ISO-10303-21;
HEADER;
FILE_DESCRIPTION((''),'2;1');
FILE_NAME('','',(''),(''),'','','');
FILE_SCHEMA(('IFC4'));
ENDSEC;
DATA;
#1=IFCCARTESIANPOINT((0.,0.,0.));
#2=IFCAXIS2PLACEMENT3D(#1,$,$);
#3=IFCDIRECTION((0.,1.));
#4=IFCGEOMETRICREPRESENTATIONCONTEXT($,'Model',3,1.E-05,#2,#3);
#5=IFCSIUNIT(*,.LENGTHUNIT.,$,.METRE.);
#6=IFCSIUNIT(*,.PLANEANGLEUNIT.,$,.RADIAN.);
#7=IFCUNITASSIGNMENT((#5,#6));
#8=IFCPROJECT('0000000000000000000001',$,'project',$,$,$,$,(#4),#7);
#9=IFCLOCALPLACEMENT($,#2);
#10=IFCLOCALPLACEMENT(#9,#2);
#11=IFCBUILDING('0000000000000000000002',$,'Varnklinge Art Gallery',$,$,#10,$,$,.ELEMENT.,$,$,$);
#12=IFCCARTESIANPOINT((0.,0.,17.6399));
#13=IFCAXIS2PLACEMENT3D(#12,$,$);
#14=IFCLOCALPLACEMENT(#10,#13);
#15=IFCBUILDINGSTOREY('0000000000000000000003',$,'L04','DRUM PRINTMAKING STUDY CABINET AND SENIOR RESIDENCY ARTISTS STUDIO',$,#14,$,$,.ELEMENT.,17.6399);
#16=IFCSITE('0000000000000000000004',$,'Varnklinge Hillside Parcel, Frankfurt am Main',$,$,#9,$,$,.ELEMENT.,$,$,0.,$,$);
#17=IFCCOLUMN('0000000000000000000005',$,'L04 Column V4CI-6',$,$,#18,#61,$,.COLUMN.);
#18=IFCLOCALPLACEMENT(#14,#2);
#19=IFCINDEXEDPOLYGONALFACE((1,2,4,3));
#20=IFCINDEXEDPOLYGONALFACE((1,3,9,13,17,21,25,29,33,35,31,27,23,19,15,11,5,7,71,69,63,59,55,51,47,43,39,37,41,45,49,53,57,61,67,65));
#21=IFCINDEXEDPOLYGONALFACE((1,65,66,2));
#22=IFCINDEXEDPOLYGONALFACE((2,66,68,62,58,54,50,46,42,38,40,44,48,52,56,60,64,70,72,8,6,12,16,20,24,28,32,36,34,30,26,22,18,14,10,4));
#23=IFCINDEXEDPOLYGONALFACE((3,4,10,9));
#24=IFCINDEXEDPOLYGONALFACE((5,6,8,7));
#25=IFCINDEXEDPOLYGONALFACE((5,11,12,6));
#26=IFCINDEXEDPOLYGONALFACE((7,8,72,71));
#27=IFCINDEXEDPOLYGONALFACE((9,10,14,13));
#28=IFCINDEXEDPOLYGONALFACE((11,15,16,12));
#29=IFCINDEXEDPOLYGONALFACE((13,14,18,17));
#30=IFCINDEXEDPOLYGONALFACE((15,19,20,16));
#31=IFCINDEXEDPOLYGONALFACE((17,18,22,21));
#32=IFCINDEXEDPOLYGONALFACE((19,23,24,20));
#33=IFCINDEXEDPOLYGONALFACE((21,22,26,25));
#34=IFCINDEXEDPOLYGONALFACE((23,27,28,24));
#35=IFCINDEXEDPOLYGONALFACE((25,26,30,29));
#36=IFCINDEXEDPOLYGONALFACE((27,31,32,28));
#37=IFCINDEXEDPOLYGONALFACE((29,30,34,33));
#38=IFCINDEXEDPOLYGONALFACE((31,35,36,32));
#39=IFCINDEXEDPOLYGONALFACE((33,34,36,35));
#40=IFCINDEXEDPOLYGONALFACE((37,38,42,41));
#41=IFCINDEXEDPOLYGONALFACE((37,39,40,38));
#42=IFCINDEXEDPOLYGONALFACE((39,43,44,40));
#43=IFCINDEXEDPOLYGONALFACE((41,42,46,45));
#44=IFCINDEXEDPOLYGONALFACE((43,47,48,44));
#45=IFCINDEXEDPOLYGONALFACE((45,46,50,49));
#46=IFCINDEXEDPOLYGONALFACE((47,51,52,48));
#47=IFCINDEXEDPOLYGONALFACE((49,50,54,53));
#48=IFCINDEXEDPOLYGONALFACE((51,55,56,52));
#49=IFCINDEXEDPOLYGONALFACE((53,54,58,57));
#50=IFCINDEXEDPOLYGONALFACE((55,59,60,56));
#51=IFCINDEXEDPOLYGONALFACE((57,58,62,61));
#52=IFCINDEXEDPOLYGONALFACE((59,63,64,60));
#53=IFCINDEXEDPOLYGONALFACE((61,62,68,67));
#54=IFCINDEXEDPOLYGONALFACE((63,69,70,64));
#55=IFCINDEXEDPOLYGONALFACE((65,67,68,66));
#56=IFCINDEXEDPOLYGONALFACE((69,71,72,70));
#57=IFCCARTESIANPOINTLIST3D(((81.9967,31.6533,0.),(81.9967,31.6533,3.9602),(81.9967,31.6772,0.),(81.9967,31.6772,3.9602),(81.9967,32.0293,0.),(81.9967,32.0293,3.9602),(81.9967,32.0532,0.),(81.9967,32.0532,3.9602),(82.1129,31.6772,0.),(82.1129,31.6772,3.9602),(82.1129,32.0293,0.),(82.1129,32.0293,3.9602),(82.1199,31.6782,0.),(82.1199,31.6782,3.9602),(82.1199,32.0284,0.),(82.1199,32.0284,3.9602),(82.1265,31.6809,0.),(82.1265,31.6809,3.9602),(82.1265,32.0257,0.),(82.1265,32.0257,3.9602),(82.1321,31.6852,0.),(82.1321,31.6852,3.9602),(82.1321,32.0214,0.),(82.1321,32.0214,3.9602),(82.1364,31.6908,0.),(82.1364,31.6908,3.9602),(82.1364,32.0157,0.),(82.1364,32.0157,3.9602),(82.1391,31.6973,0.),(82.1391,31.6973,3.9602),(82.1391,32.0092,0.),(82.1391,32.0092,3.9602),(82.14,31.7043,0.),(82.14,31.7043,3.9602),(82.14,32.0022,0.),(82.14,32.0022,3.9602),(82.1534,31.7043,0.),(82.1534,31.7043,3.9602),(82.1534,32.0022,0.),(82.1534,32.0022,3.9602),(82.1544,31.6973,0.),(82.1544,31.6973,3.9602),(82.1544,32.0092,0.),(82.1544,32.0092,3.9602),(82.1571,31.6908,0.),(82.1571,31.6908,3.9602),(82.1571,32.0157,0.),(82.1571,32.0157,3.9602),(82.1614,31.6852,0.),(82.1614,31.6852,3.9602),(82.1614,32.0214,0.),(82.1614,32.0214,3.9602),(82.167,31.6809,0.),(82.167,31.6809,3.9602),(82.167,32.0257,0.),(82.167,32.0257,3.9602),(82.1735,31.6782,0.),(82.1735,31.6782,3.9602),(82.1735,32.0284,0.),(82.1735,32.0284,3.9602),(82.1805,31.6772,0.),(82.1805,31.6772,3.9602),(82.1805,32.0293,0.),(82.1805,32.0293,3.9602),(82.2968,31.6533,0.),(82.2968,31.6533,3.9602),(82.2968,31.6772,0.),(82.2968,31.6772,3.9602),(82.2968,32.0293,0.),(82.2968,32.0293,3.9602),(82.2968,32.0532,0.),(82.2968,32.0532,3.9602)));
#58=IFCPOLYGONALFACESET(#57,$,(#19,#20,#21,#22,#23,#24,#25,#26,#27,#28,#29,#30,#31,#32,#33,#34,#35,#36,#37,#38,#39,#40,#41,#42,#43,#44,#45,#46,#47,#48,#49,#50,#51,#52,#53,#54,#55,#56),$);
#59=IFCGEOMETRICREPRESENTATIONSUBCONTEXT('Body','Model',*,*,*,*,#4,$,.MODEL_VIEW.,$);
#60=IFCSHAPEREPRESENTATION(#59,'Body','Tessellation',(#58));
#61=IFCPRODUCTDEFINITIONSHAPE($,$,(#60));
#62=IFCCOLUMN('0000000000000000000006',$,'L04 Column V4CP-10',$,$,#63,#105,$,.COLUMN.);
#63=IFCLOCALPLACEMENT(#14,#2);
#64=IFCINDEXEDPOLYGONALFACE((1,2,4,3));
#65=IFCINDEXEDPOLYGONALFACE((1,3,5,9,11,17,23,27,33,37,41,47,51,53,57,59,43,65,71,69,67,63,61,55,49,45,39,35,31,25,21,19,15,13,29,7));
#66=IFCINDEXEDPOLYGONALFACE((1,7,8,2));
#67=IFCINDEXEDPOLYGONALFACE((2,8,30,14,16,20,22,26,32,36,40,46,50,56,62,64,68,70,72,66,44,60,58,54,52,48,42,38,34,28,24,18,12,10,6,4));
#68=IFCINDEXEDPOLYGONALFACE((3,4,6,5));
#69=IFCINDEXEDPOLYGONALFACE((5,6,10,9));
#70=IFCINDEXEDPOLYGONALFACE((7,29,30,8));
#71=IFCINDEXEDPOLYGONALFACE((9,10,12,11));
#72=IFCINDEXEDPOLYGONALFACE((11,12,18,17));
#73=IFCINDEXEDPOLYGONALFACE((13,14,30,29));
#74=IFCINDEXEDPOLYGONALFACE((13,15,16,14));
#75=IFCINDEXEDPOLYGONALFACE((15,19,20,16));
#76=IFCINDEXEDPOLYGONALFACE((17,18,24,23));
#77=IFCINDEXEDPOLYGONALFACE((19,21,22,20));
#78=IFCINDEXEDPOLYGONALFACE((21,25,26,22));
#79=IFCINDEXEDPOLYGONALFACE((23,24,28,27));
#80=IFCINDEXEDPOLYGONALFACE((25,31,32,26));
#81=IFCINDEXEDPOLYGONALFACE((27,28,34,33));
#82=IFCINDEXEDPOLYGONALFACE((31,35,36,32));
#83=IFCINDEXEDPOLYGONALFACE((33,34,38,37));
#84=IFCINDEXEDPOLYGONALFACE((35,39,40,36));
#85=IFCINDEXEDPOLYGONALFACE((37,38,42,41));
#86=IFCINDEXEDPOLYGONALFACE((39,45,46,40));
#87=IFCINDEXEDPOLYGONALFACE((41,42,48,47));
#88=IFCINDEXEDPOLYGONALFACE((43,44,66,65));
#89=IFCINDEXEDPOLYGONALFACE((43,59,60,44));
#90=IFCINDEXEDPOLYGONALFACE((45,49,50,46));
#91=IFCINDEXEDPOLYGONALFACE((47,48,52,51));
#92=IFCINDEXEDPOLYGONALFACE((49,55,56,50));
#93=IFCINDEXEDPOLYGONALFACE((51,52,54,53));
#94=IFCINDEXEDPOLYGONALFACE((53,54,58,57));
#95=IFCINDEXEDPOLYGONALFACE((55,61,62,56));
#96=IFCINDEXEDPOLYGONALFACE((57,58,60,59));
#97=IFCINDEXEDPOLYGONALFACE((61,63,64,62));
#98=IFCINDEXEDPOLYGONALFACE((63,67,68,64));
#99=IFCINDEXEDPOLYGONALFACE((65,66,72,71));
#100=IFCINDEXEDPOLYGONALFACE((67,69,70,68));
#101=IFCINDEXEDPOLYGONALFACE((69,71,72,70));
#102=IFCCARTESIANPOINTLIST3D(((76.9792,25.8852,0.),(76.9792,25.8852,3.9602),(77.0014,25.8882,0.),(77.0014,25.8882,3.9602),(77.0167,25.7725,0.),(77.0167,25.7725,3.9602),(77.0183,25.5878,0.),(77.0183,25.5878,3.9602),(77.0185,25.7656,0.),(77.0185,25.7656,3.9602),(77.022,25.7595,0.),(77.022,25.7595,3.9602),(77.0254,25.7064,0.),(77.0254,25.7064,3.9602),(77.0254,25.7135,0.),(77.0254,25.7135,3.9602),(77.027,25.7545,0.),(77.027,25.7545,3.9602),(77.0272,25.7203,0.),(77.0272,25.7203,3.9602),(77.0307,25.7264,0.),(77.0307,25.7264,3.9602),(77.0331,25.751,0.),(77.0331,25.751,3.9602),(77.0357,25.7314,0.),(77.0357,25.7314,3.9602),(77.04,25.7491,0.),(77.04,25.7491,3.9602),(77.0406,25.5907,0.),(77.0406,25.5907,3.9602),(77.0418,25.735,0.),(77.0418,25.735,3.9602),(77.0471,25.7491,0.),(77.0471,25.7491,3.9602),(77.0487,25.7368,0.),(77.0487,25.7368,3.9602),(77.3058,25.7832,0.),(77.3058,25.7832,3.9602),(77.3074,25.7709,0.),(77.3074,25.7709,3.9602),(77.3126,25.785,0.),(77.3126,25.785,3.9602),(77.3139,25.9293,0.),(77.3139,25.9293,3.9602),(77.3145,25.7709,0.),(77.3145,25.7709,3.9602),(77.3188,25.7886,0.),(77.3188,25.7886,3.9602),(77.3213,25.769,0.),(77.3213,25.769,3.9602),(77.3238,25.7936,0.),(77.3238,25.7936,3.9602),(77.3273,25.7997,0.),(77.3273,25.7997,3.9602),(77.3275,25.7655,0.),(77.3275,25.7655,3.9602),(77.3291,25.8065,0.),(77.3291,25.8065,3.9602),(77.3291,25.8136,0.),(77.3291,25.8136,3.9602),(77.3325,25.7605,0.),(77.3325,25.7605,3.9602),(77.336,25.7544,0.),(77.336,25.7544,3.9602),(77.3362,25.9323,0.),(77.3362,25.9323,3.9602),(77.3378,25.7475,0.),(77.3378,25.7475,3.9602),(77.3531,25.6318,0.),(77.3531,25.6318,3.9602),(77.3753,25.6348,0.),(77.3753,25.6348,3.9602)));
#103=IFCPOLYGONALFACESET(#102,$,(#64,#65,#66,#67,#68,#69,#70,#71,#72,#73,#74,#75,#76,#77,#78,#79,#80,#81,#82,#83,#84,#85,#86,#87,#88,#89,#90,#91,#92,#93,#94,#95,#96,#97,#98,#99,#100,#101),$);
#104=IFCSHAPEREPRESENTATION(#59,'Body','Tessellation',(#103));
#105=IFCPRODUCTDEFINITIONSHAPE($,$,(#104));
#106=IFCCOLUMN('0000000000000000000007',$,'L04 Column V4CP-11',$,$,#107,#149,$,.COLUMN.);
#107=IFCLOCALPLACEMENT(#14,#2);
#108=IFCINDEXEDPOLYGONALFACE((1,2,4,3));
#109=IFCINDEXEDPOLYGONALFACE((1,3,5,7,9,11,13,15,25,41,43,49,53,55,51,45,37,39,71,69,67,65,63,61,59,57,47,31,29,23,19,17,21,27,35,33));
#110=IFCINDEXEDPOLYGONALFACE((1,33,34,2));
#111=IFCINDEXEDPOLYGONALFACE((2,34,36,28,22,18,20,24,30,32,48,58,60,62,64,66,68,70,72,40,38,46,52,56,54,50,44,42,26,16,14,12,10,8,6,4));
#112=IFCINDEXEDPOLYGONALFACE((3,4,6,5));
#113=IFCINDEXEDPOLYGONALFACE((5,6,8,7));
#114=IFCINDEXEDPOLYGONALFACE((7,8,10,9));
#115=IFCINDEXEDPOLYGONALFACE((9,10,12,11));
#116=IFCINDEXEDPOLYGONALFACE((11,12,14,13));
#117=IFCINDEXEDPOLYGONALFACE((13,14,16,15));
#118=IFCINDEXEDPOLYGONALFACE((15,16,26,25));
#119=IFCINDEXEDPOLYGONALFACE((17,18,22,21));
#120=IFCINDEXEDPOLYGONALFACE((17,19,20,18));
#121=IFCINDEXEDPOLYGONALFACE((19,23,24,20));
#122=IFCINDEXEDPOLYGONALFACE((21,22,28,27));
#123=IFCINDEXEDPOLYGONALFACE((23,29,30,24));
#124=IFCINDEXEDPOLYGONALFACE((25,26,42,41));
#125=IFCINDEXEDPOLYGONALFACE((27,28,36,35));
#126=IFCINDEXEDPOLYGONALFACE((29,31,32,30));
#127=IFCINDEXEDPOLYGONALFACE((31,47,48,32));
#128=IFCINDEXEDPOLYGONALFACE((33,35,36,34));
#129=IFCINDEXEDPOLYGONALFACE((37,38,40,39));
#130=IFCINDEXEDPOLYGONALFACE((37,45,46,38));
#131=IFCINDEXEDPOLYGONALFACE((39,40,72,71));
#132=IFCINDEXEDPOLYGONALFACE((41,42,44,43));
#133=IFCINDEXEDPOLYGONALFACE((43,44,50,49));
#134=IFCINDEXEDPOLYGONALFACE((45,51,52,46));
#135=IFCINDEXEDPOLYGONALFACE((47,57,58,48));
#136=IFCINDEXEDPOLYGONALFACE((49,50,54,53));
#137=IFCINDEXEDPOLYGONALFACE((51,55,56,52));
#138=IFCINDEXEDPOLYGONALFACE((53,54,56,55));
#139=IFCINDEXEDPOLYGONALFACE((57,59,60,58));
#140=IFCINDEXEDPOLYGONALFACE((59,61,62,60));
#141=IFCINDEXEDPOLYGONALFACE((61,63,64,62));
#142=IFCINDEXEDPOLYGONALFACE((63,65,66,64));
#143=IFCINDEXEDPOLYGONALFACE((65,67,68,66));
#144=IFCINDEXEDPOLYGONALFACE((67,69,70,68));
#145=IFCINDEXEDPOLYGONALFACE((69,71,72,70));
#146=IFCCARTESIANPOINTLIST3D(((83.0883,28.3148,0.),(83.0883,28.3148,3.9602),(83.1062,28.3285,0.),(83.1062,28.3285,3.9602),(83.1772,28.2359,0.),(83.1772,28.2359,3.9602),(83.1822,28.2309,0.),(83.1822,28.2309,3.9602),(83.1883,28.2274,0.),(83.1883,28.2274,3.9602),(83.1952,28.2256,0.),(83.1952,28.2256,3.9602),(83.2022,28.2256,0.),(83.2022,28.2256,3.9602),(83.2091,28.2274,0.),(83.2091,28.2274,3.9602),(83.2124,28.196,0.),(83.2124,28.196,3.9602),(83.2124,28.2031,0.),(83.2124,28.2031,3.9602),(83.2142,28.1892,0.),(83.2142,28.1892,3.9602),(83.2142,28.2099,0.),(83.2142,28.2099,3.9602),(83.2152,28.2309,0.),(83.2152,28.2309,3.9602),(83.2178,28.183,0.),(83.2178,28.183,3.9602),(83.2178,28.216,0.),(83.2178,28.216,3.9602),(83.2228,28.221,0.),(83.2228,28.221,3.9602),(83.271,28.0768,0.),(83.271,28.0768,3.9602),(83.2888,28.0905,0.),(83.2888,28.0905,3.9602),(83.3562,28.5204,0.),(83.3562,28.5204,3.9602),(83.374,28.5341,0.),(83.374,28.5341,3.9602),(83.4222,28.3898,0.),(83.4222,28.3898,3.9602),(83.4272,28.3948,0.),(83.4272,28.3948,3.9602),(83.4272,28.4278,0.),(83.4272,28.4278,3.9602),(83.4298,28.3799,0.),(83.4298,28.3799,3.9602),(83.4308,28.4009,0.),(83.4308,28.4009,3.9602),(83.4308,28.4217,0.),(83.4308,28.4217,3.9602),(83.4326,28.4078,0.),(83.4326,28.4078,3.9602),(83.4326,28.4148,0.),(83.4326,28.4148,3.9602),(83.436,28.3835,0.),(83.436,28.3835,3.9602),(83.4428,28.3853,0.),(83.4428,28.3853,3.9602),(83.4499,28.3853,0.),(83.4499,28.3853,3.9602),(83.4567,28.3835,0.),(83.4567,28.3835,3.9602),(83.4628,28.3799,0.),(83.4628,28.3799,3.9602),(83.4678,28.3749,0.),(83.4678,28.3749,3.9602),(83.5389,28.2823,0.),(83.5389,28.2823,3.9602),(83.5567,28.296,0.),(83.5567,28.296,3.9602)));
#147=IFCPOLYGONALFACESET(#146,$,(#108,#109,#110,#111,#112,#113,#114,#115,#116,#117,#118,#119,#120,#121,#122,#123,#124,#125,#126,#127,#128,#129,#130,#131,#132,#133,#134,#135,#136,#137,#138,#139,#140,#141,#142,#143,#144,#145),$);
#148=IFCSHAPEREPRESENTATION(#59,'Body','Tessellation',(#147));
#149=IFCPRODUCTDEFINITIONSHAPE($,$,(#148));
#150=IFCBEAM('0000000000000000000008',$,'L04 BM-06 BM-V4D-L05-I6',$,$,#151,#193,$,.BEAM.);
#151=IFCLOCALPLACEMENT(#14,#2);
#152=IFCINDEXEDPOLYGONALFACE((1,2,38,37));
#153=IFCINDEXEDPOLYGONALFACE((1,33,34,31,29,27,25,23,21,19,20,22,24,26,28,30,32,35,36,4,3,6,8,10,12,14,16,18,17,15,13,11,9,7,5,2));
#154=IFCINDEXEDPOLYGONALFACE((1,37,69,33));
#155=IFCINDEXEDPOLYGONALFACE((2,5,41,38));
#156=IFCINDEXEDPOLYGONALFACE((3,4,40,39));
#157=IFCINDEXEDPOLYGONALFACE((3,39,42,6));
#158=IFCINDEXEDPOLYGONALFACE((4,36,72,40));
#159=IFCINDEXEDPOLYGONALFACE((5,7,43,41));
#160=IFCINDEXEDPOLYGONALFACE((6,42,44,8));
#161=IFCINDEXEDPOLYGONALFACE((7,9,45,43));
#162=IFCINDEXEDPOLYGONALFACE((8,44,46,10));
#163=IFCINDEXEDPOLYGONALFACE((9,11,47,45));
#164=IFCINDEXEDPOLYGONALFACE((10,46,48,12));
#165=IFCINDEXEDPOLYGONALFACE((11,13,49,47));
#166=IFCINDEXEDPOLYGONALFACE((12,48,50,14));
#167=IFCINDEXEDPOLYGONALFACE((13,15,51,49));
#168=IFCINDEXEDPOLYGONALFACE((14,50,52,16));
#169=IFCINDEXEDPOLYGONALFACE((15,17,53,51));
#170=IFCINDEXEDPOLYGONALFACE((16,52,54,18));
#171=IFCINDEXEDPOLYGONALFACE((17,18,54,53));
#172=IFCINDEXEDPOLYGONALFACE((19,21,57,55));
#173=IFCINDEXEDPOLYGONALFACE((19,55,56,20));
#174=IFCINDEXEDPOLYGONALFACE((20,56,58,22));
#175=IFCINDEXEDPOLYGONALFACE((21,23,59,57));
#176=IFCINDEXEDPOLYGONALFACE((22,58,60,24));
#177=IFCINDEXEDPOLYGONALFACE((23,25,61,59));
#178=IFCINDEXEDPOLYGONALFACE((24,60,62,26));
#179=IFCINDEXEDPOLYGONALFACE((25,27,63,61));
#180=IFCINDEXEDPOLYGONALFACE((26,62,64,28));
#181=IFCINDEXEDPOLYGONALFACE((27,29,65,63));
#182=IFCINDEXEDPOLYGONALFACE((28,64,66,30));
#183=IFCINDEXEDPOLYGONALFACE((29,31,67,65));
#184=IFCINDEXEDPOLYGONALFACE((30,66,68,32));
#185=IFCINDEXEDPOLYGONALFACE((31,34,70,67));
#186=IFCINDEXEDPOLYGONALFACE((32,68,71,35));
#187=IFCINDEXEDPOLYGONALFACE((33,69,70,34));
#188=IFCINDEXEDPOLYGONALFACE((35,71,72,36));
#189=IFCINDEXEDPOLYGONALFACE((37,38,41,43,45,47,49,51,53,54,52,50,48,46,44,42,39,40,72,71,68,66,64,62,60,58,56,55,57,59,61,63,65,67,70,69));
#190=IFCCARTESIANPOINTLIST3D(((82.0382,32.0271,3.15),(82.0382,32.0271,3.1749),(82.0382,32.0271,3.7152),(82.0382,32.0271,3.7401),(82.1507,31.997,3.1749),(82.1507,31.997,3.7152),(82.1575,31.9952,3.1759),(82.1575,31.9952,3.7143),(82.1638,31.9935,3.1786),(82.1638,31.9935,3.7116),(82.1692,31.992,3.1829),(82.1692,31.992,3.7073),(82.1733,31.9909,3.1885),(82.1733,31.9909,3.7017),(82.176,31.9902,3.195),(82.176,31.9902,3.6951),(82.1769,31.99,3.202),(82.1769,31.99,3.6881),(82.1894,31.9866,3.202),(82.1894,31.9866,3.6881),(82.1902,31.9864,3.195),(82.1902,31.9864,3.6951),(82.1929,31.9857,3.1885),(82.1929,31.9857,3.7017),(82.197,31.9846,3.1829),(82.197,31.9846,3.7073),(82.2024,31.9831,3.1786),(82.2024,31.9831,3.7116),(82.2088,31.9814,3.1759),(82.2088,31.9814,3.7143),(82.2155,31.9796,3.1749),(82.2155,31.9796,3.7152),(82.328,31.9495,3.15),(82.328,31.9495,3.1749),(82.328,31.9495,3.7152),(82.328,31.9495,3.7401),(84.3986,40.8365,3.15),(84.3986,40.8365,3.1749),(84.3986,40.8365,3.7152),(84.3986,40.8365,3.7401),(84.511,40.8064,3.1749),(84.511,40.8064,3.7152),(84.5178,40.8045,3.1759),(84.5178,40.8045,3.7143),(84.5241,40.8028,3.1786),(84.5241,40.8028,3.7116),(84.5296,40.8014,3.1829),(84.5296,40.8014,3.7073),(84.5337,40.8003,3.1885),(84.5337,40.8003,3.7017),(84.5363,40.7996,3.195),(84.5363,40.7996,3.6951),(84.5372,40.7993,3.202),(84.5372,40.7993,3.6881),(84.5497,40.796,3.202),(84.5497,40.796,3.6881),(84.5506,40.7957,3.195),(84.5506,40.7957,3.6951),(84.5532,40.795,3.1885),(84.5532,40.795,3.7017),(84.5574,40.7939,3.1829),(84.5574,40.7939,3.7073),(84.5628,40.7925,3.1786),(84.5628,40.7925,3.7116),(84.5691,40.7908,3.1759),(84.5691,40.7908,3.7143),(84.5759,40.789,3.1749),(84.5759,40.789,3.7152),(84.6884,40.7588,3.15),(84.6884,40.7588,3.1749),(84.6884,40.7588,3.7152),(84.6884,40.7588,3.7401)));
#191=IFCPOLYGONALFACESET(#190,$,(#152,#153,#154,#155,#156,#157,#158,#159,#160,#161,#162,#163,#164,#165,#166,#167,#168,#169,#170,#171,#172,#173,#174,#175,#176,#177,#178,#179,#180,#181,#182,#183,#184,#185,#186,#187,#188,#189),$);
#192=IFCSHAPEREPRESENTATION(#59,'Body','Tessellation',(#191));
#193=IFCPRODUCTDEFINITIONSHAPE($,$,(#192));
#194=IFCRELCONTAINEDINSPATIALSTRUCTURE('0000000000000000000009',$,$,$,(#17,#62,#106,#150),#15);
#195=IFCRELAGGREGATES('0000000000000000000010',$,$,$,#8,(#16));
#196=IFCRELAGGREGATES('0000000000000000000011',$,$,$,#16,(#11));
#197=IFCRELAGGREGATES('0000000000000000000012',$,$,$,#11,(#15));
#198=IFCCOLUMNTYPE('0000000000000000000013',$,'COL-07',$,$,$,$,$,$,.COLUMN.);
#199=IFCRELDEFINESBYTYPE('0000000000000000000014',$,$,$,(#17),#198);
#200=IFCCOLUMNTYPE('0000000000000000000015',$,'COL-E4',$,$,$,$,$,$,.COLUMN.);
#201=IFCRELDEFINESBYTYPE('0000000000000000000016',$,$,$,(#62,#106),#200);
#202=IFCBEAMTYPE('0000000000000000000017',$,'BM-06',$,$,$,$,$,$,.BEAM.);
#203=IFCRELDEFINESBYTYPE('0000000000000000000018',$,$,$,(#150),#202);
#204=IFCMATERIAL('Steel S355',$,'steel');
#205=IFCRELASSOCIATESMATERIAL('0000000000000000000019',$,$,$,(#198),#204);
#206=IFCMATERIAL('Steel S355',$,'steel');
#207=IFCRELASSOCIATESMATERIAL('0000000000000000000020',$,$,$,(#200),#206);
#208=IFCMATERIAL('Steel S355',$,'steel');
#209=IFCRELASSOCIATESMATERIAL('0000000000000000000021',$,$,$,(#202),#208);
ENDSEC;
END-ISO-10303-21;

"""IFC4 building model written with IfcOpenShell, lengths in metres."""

from ifc_helpers import new_model, si_unit, direction, frame, origin, origin_2d, place, context, subcontext, project, spatial, i_section, extrude, material, material_profile, profile_set, type_object, element, save


model = new_model("IFC4")

# Units and contexts
model_context = context("Model", 3, precision=1e-05, world=origin(), true_north=direction((0.0, 1.0)))
body_context = subcontext(model_context, "Body", "Model", "MODEL_VIEW")
ifc_project = project(units=[si_unit("LENGTHUNIT", "METRE"), si_unit("PLANEANGLEUNIT", "RADIAN")], contexts=[model_context])

# Site, building, storey
site_placement = place(None, origin())
site = spatial("IfcSite", under=ifc_project, at=site_placement, Name="Varnklinge Hillside Parcel, Frankfurt am Main", CompositionType="ELEMENT", RefElevation=0.0)
building_placement = place(site_placement, origin())
building = spatial("IfcBuilding", under=site, at=building_placement, Name="Varnklinge Art Gallery", CompositionType="ELEMENT")
storey_placement = place(building_placement, frame((0.0, 0.0, 17.6399)))
storey = spatial("IfcBuildingStorey", under=building, at=storey_placement, Name="L04", Description="DRUM PRINTMAKING STUDY CABINET AND SENIOR RESIDENCY ARTISTS STUDIO", CompositionType="ELEMENT", Elevation=17.6399)

# Columns
ifc_material_1 = material(Name="Steel S355", Category="steel")
ifc_material_profile_1 = material_profile(ifc_material_1, i_section(OverallWidth=0.3, OverallDepth=0.3999, WebThickness=0.0134, FlangeThickness=0.0239, FilletRadius=0.0271, at=origin_2d()), Name="HEB 400")
ifc_profile_set_1 = profile_set([ifc_material_profile_1], Name="Steel S355")
column_type_1 = type_object("IfcColumnType", Name="COL-07", PredefinedType="COLUMN", material=ifc_profile_set_1)
column_placement = place(storey_placement, frame((82.1467, 31.8533, 0.0), z_axis=(0.0, 0.0, 1.0), x_axis=(1.0, 0.0, 0.0)))
element("IfcColumn", 1, at=column_placement, inside=storey, type_object=column_type_1, Name="L04 Column V4CI-6", PredefinedType="COLUMN", context=body_context, shape_type="SweptSolid", body=[
    extrude(i_section(OverallWidth=0.3, OverallDepth=0.3999, WebThickness=0.0134, FlangeThickness=0.0239, FilletRadius=0.0271, at=origin_2d()), origin(), (0.0, 0.0, 1.0), 3.9602),
])
ifc_material_2 = material(Name="Steel S355", Category="steel")
ifc_material_profile_2 = material_profile(ifc_material_2, i_section(OverallWidth=0.3, OverallDepth=0.3601, WebThickness=0.0125, FlangeThickness=0.0225, FilletRadius=0.0271, at=origin_2d()), Name="HEB 360")
ifc_profile_set_2 = profile_set([ifc_material_profile_2], Name="Steel S355")
column_type_2 = type_object("IfcColumnType", Name="COL-E4", PredefinedType="COLUMN", material=ifc_profile_set_2)
for number, where, z_axis, x_axis, name in (
    (2, (77.1772, 25.76, 0.0), (0.0, 0.0, 1.0), (0.130526, -0.991445, 0.0), "L04 Column V4CP-10"),
    (3, (83.3225, 28.3054, 0.0), (0.0, 0.0, 1.0), (0.608761, -0.793353, 0.0), "L04 Column V4CP-11"),
):
    element("IfcColumn", number, at=place(storey_placement, frame(where, z_axis=z_axis, x_axis=x_axis)), inside=storey, type_object=column_type_2, Name=name, PredefinedType="COLUMN", context=body_context, shape_type="SweptSolid", body=[
        extrude(i_section(OverallWidth=0.3, OverallDepth=0.3601, WebThickness=0.0125, FlangeThickness=0.0225, FilletRadius=0.0271, at=origin_2d()), origin(), (0.0, 0.0, 1.0), 3.9602),
    ])

# Beam
ifc_material_3 = material(Name="Steel S355", Category="steel")
ifc_material_profile_3 = material_profile(ifc_material_3, i_section(OverallWidth=0.3, OverallDepth=0.5901, WebThickness=0.0129, FlangeThickness=0.0249, FilletRadius=0.0271, at=origin_2d()), Name="HEA 600")
ifc_profile_set_3 = profile_set([ifc_material_profile_3], Name="Steel S355")
beam_type_1 = type_object("IfcBeamType", Name="BM-06", PredefinedType="BEAM", material=ifc_profile_set_3)
beam_1_placement = place(storey_placement, frame((82.1831, 31.9883, 3.4451), z_axis=(0.258809, 0.965929, 0.0), x_axis=(-0.965929, 0.258809, 0.0)))
element("IfcBeam", 4, at=beam_1_placement, inside=storey, type_object=beam_type_1, Name="L04 BM-06 BM-V4D-L05-I6", PredefinedType="BEAM", context=body_context, shape_type="SweptSolid", body=[
    extrude(i_section(OverallWidth=0.3, OverallDepth=0.5901, WebThickness=0.0129, FlangeThickness=0.0249, FilletRadius=0.0271, at=origin_2d()), origin(), (0.0, 0.0, 1.0), 9.1201),
])

save(model, "model.ifc")
